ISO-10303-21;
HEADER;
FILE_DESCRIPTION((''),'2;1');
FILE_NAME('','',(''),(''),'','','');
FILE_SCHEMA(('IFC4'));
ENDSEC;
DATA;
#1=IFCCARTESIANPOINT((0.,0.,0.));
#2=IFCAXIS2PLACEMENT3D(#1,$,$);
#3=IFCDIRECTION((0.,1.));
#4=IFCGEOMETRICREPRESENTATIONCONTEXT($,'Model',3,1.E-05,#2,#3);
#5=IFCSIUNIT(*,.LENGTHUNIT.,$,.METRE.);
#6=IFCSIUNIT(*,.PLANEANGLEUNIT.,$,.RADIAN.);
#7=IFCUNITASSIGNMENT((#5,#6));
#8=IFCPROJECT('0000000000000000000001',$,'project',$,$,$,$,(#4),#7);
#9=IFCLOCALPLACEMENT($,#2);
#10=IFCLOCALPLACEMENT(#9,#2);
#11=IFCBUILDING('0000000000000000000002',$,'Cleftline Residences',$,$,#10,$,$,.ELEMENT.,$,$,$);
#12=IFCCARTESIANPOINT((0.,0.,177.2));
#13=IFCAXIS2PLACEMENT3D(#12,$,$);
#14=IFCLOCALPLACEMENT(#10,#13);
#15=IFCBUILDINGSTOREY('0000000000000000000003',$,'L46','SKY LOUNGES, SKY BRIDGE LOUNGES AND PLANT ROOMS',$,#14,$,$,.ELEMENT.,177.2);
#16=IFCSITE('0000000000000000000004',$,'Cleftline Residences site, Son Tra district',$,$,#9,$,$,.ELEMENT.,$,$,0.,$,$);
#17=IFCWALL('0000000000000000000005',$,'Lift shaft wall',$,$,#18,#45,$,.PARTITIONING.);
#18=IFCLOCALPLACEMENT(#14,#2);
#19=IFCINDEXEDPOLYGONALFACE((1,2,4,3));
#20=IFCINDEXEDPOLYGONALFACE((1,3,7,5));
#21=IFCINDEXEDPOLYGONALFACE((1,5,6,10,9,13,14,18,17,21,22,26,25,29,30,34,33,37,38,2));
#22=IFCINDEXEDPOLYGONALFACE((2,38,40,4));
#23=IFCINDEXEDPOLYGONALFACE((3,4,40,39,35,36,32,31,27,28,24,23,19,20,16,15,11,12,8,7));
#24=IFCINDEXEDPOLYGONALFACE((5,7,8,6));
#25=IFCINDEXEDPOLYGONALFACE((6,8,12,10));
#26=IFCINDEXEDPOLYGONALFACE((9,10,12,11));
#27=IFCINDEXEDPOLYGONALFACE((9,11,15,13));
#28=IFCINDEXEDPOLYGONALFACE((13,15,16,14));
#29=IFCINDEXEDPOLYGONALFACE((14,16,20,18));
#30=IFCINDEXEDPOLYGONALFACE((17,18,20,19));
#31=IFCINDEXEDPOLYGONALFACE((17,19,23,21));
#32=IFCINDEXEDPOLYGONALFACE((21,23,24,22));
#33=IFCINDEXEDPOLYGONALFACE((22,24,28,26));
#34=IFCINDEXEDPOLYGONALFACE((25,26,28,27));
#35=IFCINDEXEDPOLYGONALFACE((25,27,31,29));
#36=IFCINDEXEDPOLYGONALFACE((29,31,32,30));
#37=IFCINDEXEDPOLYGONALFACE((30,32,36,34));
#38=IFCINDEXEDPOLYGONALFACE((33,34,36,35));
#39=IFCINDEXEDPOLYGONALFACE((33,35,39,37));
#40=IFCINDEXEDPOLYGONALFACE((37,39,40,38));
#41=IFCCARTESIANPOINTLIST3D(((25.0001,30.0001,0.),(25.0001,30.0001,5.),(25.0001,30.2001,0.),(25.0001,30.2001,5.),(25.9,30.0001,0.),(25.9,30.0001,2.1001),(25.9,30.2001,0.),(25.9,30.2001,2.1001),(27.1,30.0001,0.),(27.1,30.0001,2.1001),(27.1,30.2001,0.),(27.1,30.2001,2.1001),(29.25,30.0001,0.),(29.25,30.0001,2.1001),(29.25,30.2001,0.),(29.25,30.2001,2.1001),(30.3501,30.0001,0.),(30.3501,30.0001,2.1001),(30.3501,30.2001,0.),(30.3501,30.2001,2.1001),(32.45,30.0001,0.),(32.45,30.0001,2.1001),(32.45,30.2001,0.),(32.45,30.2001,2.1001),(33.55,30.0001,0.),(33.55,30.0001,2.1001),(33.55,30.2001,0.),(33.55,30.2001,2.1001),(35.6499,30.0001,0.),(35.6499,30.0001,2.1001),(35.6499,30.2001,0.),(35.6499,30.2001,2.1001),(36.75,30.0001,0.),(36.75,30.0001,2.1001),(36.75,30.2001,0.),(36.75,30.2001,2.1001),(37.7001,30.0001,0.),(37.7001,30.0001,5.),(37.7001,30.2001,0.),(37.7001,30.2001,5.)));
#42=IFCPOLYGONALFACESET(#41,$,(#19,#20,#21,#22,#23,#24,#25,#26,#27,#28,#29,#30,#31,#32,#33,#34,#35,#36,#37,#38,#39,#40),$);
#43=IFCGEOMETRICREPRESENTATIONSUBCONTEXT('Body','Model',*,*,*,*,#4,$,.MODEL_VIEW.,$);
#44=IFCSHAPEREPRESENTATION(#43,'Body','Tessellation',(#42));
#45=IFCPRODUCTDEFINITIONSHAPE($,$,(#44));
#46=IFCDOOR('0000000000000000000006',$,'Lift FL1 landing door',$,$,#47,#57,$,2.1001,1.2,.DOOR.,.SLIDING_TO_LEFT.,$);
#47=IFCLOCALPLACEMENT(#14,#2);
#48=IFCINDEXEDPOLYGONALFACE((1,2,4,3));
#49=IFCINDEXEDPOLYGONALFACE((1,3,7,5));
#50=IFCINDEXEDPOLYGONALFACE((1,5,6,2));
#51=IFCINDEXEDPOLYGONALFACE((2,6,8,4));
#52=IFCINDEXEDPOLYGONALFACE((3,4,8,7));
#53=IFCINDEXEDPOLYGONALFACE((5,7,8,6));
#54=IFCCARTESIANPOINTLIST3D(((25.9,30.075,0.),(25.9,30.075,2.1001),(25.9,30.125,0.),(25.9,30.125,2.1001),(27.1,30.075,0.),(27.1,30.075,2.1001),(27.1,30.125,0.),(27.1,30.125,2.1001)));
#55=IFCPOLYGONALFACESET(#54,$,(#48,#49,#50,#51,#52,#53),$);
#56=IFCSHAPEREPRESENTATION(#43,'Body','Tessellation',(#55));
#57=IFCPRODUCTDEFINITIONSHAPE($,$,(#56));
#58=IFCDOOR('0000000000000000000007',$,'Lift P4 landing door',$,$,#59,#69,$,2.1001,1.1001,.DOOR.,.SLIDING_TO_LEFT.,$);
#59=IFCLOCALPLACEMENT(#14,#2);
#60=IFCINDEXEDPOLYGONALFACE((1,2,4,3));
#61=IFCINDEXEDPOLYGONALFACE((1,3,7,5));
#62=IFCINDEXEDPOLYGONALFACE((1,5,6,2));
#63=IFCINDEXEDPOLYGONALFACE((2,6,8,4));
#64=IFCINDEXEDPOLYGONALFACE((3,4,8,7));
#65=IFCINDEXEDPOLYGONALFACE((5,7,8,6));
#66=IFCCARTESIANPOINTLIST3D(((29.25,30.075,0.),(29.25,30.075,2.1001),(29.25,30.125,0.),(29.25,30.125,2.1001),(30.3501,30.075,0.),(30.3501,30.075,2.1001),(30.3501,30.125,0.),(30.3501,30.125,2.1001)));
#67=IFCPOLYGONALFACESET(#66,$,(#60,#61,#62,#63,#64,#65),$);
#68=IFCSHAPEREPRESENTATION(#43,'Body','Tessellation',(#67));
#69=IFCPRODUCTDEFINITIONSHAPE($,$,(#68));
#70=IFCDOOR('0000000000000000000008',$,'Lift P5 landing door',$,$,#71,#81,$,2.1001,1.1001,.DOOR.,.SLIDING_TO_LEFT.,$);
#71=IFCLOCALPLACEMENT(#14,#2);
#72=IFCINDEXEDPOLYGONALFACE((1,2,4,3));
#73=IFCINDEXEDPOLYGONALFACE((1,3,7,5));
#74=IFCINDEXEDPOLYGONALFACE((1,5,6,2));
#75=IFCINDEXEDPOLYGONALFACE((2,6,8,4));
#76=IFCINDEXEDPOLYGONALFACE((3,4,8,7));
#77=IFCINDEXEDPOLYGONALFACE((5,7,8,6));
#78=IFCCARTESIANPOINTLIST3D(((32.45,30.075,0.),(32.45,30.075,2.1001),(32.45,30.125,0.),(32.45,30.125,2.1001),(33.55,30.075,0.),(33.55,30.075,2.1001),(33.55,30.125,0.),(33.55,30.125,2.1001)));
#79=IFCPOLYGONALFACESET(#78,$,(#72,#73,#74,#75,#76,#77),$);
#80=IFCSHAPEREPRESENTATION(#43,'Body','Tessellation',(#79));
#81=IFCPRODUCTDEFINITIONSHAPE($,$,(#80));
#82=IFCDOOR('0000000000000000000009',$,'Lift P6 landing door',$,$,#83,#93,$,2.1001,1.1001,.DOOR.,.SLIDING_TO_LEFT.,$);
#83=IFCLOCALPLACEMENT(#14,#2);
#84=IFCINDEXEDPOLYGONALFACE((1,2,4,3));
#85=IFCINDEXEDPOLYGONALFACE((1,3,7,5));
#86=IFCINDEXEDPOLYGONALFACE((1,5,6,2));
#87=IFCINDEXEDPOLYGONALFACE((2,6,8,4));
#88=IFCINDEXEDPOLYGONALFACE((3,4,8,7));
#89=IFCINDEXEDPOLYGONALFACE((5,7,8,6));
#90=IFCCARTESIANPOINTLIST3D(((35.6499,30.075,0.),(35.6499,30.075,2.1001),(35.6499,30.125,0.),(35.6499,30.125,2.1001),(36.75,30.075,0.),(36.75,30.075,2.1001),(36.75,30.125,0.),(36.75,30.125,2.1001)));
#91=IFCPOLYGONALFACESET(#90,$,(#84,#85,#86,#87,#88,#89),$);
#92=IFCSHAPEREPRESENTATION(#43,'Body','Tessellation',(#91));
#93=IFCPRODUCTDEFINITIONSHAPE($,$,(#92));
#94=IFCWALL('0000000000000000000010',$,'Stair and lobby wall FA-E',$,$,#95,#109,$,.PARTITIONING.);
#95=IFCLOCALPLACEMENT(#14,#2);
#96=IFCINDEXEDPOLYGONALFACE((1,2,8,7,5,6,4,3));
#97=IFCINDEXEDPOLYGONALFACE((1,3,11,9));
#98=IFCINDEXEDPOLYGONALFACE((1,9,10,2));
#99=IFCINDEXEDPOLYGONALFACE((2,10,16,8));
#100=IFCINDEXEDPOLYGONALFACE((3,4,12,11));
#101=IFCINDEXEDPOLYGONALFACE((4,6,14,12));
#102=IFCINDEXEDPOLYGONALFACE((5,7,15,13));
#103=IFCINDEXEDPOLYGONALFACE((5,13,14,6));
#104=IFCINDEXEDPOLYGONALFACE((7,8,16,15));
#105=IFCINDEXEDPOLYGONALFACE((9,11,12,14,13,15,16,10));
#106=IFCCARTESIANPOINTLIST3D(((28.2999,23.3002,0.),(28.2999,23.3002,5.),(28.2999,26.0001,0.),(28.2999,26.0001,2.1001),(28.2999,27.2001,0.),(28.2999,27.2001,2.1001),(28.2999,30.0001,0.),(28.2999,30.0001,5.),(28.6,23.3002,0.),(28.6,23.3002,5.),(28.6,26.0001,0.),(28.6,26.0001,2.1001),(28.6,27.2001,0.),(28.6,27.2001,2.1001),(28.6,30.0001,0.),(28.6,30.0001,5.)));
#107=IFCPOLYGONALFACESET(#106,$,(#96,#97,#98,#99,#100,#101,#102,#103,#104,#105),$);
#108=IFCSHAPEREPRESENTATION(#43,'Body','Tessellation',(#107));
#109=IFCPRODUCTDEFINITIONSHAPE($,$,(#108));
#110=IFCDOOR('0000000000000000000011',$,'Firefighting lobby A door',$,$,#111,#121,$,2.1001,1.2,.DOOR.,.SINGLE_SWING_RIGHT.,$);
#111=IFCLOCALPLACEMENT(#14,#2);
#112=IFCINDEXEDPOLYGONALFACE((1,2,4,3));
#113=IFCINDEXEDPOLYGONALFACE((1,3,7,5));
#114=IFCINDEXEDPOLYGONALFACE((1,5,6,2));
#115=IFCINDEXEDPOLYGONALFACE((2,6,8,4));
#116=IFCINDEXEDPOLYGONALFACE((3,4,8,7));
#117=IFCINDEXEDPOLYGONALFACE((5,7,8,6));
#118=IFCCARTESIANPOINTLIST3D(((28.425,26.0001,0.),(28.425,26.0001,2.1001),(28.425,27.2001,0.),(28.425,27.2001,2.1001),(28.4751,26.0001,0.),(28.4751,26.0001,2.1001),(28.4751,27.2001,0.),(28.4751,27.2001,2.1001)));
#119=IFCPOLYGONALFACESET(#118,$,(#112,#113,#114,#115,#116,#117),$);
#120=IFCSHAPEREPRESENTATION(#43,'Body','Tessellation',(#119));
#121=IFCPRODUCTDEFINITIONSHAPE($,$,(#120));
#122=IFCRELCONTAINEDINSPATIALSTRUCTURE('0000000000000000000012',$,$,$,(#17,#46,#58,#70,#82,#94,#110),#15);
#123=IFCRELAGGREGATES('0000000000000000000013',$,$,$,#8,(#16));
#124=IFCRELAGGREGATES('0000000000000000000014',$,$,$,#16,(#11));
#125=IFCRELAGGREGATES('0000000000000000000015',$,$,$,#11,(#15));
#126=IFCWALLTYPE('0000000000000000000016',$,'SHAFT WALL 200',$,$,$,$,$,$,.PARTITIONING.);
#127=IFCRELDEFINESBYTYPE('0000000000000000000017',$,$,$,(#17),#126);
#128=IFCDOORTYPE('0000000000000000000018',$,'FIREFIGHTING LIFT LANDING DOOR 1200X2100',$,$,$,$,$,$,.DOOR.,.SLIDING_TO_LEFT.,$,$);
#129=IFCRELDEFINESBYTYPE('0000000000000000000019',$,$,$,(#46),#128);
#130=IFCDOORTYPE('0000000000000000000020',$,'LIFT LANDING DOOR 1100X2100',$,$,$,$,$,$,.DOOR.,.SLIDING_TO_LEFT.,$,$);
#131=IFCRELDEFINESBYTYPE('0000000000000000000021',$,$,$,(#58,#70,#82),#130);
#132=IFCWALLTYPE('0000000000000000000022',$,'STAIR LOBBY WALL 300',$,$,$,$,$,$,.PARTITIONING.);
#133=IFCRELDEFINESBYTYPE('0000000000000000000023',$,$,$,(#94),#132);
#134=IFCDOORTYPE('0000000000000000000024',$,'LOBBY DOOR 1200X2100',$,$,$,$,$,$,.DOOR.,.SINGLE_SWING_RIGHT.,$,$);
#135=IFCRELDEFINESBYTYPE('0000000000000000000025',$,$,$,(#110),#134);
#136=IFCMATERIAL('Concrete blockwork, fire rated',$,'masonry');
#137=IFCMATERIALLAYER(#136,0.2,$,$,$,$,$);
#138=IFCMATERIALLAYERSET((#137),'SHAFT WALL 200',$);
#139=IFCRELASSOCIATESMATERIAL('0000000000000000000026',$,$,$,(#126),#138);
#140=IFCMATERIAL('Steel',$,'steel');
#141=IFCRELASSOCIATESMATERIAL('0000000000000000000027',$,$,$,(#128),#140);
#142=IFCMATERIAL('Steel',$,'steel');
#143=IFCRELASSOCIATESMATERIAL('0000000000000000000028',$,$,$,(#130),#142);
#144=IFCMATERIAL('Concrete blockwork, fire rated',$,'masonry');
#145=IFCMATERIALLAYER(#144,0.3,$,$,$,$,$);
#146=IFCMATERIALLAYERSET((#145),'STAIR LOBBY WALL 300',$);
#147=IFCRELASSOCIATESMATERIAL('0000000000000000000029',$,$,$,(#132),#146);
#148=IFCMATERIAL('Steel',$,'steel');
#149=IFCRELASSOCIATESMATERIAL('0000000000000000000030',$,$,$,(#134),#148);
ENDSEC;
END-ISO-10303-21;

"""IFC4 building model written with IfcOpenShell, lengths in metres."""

from ifc_helpers import new_model, si_unit, direction, frame, frame_2d, origin, place, context, subcontext, project, spatial, rectangle, extrude, material, layer, layer_set, type_object, element, fill, save


model = new_model("IFC4")

# Units and contexts
model_context = context("Model", 3, precision=1e-05, world=origin(), true_north=direction((0.0, 1.0)))
body_context = subcontext(model_context, "Body", "Model", "MODEL_VIEW")
ifc_project = project(units=[si_unit("LENGTHUNIT", "METRE"), si_unit("PLANEANGLEUNIT", "RADIAN")], contexts=[model_context])

# Site, building, storey
site_placement = place(None, origin())
site = spatial("IfcSite", under=ifc_project, at=site_placement, Name="Cleftline Residences site, Son Tra district", CompositionType="ELEMENT", RefElevation=0.0)
building_placement = place(site_placement, origin())
building = spatial("IfcBuilding", under=site, at=building_placement, Name="Cleftline Residences", CompositionType="ELEMENT")
storey_placement = place(building_placement, frame((0.0, 0.0, 177.2)))
storey = spatial("IfcBuildingStorey", under=building, at=storey_placement, Name="L46", Description="SKY LOUNGES, SKY BRIDGE LOUNGES AND PLANT ROOMS", CompositionType="ELEMENT", Elevation=177.2)

# Wall, openings, doors
ifc_material_1 = material(Name="Concrete blockwork, fire rated", Category="masonry")
ifc_layer_1 = layer(ifc_material_1, 0.2)
ifc_layer_set_1 = layer_set([ifc_layer_1], Name="SHAFT WALL 200")
wall_type_1 = type_object("IfcWallType", Name="SHAFT WALL 200", PredefinedType="PARTITIONING", material=ifc_layer_set_1)
wall_1_placement = place(storey_placement, frame((25.0, 30.1001, 0.0), z_axis=(0.0, 0.0, 1.0), x_axis=(1.0, 0.0, 0.0)))
wall_1 = element("IfcWall", 1, at=wall_1_placement, inside=storey, type_object=wall_type_1, Name="Lift shaft wall", PredefinedType="PARTITIONING", context=body_context, shape_type="SweptSolid", body=[
    extrude(rectangle(XDim=12.7, YDim=0.2, at=frame_2d((6.3501, 0.0))), origin(), (0.0, 0.0, 1.0), 5.0),
])
opening_1_placement = place(wall_1_placement, frame((4.25, 0.0, 0.0)))
opening_1 = element("IfcOpeningElement", 2, at=opening_1_placement, cuts=wall_1, PredefinedType="OPENING", context=body_context, shape_type="SweptSolid", body=[
    extrude(rectangle(XDim=1.1001, YDim=2.1001, at=frame_2d((0.55, 1.05))), frame((0.0, 0.1099, 0.0), z_axis=(0.0, -1.0, 0.0), x_axis=(1.0, 0.0, 0.0)), (0.0, 0.0, 1.0), 0.22),
])
opening_2_placement = place(wall_1_placement, frame((7.45, 0.0, 0.0)))
opening_2 = element("IfcOpeningElement", 3, at=opening_2_placement, cuts=wall_1, PredefinedType="OPENING", context=body_context, shape_type="SweptSolid", body=[
    extrude(rectangle(XDim=1.1001, YDim=2.1001, at=frame_2d((0.55, 1.05))), frame((0.0, 0.1099, 0.0), z_axis=(0.0, -1.0, 0.0), x_axis=(1.0, 0.0, 0.0)), (0.0, 0.0, 1.0), 0.22),
])
opening_3_placement = place(wall_1_placement, frame((10.6499, 0.0, 0.0)))
opening_3 = element("IfcOpeningElement", 4, at=opening_3_placement, cuts=wall_1, PredefinedType="OPENING", context=body_context, shape_type="SweptSolid", body=[
    extrude(rectangle(XDim=1.1001, YDim=2.1001, at=frame_2d((0.55, 1.05))), frame((0.0, 0.1099, 0.0), z_axis=(0.0, -1.0, 0.0), x_axis=(1.0, 0.0, 0.0)), (0.0, 0.0, 1.0), 0.22),
])
opening_4_placement = place(wall_1_placement, frame((0.8999, 0.0, 0.0)))
opening_4 = element("IfcOpeningElement", 5, at=opening_4_placement, cuts=wall_1, PredefinedType="OPENING", context=body_context, shape_type="SweptSolid", body=[
    extrude(rectangle(XDim=1.2, YDim=2.1001, at=frame_2d((0.6001, 1.05))), frame((0.0, 0.1099, 0.0), z_axis=(0.0, -1.0, 0.0), x_axis=(1.0, 0.0, 0.0)), (0.0, 0.0, 1.0), 0.22),
])
ifc_material_2 = material(Name="Steel", Category="steel")
door_type_1 = type_object("IfcDoorType", Name="FIREFIGHTING LIFT LANDING DOOR 1200X2100", OperationType="SLIDING_TO_LEFT", PredefinedType="DOOR", material=ifc_material_2)
door_1_placement = place(opening_4_placement, origin())
door_1 = element("IfcDoor", 6, at=door_1_placement, inside=storey, type_object=door_type_1, Name="Lift FL1 landing door", OperationType="SLIDING_TO_LEFT", OverallHeight=2.1001, OverallWidth=1.2, PredefinedType="DOOR", context=body_context, shape_type="SweptSolid", body=[
    extrude(rectangle(XDim=1.2, YDim=2.1001, at=frame_2d((0.6001, 1.05))), frame((0.0, 0.0249, 0.0), z_axis=(0.0, -1.0, 0.0), x_axis=(1.0, 0.0, 0.0)), (0.0, 0.0, 1.0), 0.05),
])
fill(opening_4, door_1)
ifc_material_3 = material(Name="Steel", Category="steel")
door_type_2 = type_object("IfcDoorType", Name="LIFT LANDING DOOR 1100X2100", OperationType="SLIDING_TO_LEFT", PredefinedType="DOOR", material=ifc_material_3)
door_2_placement = place(opening_1_placement, origin())
door_2 = element("IfcDoor", 7, at=door_2_placement, inside=storey, type_object=door_type_2, Name="Lift P4 landing door", OperationType="SLIDING_TO_LEFT", OverallHeight=2.1001, OverallWidth=1.1001, PredefinedType="DOOR", context=body_context, shape_type="SweptSolid", body=[
    extrude(rectangle(XDim=1.1001, YDim=2.1001, at=frame_2d((0.55, 1.05))), frame((0.0, 0.0249, 0.0), z_axis=(0.0, -1.0, 0.0), x_axis=(1.0, 0.0, 0.0)), (0.0, 0.0, 1.0), 0.05),
])
fill(opening_1, door_2)
door_3_placement = place(opening_2_placement, origin())
door_3 = element("IfcDoor", 8, at=door_3_placement, inside=storey, type_object=door_type_2, Name="Lift P5 landing door", OperationType="SLIDING_TO_LEFT", OverallHeight=2.1001, OverallWidth=1.1001, PredefinedType="DOOR", context=body_context, shape_type="SweptSolid", body=[
    extrude(rectangle(XDim=1.1001, YDim=2.1001, at=frame_2d((0.55, 1.05))), frame((0.0, 0.0249, 0.0), z_axis=(0.0, -1.0, 0.0), x_axis=(1.0, 0.0, 0.0)), (0.0, 0.0, 1.0), 0.05),
])
fill(opening_2, door_3)
door_4_placement = place(opening_3_placement, origin())
door_4 = element("IfcDoor", 9, at=door_4_placement, inside=storey, type_object=door_type_2, Name="Lift P6 landing door", OperationType="SLIDING_TO_LEFT", OverallHeight=2.1001, OverallWidth=1.1001, PredefinedType="DOOR", context=body_context, shape_type="SweptSolid", body=[
    extrude(rectangle(XDim=1.1001, YDim=2.1001, at=frame_2d((0.55, 1.05))), frame((0.0, 0.0249, 0.0), z_axis=(0.0, -1.0, 0.0), x_axis=(1.0, 0.0, 0.0)), (0.0, 0.0, 1.0), 0.05),
])
fill(opening_3, door_4)

# Wall, opening, door
ifc_material_4 = material(Name="Concrete blockwork, fire rated", Category="masonry")
ifc_layer_2 = layer(ifc_material_4, 0.3)
ifc_layer_set_2 = layer_set([ifc_layer_2], Name="STAIR LOBBY WALL 300")
wall_type_2 = type_object("IfcWallType", Name="STAIR LOBBY WALL 300", PredefinedType="PARTITIONING", material=ifc_layer_set_2)
wall_2_placement = place(storey_placement, frame((28.45, 23.3, 0.0), z_axis=(0.0, 0.0, 1.0), x_axis=(0.0, 1.0, 0.0)))
wall_2 = element("IfcWall", 10, at=wall_2_placement, inside=storey, type_object=wall_type_2, Name="Stair and lobby wall FA-E", PredefinedType="PARTITIONING", context=body_context, shape_type="SweptSolid", body=[
    extrude(rectangle(XDim=6.7, YDim=0.3, at=frame_2d((3.3501, 0.0))), origin(), (0.0, 0.0, 1.0), 5.0),
])
opening_5_placement = place(wall_2_placement, frame((2.7, 0.0, 0.0)))
opening_5 = element("IfcOpeningElement", 11, at=opening_5_placement, cuts=wall_2, PredefinedType="OPENING", context=body_context, shape_type="SweptSolid", body=[
    extrude(rectangle(XDim=1.2, YDim=2.1001, at=frame_2d((0.6001, 1.05))), frame((0.0, 0.1599, 0.0), z_axis=(0.0, -1.0, 0.0), x_axis=(1.0, 0.0, 0.0)), (0.0, 0.0, 1.0), 0.3201),
])
ifc_material_5 = material(Name="Steel", Category="steel")
door_type_3 = type_object("IfcDoorType", Name="LOBBY DOOR 1200X2100", OperationType="SINGLE_SWING_RIGHT", PredefinedType="DOOR", material=ifc_material_5)
door_5_placement = place(opening_5_placement, origin())
door_5 = element("IfcDoor", 12, at=door_5_placement, inside=storey, type_object=door_type_3, Name="Firefighting lobby A door", OperationType="SINGLE_SWING_RIGHT", OverallHeight=2.1001, OverallWidth=1.2, PredefinedType="DOOR", context=body_context, shape_type="SweptSolid", body=[
    extrude(rectangle(XDim=1.2, YDim=2.1001, at=frame_2d((0.6001, 1.05))), frame((0.0, 0.0249, 0.0), z_axis=(0.0, -1.0, 0.0), x_axis=(1.0, 0.0, 0.0)), (0.0, 0.0, 1.0), 0.05),
])
fill(opening_5, door_5)

save(model, "model.ifc")
